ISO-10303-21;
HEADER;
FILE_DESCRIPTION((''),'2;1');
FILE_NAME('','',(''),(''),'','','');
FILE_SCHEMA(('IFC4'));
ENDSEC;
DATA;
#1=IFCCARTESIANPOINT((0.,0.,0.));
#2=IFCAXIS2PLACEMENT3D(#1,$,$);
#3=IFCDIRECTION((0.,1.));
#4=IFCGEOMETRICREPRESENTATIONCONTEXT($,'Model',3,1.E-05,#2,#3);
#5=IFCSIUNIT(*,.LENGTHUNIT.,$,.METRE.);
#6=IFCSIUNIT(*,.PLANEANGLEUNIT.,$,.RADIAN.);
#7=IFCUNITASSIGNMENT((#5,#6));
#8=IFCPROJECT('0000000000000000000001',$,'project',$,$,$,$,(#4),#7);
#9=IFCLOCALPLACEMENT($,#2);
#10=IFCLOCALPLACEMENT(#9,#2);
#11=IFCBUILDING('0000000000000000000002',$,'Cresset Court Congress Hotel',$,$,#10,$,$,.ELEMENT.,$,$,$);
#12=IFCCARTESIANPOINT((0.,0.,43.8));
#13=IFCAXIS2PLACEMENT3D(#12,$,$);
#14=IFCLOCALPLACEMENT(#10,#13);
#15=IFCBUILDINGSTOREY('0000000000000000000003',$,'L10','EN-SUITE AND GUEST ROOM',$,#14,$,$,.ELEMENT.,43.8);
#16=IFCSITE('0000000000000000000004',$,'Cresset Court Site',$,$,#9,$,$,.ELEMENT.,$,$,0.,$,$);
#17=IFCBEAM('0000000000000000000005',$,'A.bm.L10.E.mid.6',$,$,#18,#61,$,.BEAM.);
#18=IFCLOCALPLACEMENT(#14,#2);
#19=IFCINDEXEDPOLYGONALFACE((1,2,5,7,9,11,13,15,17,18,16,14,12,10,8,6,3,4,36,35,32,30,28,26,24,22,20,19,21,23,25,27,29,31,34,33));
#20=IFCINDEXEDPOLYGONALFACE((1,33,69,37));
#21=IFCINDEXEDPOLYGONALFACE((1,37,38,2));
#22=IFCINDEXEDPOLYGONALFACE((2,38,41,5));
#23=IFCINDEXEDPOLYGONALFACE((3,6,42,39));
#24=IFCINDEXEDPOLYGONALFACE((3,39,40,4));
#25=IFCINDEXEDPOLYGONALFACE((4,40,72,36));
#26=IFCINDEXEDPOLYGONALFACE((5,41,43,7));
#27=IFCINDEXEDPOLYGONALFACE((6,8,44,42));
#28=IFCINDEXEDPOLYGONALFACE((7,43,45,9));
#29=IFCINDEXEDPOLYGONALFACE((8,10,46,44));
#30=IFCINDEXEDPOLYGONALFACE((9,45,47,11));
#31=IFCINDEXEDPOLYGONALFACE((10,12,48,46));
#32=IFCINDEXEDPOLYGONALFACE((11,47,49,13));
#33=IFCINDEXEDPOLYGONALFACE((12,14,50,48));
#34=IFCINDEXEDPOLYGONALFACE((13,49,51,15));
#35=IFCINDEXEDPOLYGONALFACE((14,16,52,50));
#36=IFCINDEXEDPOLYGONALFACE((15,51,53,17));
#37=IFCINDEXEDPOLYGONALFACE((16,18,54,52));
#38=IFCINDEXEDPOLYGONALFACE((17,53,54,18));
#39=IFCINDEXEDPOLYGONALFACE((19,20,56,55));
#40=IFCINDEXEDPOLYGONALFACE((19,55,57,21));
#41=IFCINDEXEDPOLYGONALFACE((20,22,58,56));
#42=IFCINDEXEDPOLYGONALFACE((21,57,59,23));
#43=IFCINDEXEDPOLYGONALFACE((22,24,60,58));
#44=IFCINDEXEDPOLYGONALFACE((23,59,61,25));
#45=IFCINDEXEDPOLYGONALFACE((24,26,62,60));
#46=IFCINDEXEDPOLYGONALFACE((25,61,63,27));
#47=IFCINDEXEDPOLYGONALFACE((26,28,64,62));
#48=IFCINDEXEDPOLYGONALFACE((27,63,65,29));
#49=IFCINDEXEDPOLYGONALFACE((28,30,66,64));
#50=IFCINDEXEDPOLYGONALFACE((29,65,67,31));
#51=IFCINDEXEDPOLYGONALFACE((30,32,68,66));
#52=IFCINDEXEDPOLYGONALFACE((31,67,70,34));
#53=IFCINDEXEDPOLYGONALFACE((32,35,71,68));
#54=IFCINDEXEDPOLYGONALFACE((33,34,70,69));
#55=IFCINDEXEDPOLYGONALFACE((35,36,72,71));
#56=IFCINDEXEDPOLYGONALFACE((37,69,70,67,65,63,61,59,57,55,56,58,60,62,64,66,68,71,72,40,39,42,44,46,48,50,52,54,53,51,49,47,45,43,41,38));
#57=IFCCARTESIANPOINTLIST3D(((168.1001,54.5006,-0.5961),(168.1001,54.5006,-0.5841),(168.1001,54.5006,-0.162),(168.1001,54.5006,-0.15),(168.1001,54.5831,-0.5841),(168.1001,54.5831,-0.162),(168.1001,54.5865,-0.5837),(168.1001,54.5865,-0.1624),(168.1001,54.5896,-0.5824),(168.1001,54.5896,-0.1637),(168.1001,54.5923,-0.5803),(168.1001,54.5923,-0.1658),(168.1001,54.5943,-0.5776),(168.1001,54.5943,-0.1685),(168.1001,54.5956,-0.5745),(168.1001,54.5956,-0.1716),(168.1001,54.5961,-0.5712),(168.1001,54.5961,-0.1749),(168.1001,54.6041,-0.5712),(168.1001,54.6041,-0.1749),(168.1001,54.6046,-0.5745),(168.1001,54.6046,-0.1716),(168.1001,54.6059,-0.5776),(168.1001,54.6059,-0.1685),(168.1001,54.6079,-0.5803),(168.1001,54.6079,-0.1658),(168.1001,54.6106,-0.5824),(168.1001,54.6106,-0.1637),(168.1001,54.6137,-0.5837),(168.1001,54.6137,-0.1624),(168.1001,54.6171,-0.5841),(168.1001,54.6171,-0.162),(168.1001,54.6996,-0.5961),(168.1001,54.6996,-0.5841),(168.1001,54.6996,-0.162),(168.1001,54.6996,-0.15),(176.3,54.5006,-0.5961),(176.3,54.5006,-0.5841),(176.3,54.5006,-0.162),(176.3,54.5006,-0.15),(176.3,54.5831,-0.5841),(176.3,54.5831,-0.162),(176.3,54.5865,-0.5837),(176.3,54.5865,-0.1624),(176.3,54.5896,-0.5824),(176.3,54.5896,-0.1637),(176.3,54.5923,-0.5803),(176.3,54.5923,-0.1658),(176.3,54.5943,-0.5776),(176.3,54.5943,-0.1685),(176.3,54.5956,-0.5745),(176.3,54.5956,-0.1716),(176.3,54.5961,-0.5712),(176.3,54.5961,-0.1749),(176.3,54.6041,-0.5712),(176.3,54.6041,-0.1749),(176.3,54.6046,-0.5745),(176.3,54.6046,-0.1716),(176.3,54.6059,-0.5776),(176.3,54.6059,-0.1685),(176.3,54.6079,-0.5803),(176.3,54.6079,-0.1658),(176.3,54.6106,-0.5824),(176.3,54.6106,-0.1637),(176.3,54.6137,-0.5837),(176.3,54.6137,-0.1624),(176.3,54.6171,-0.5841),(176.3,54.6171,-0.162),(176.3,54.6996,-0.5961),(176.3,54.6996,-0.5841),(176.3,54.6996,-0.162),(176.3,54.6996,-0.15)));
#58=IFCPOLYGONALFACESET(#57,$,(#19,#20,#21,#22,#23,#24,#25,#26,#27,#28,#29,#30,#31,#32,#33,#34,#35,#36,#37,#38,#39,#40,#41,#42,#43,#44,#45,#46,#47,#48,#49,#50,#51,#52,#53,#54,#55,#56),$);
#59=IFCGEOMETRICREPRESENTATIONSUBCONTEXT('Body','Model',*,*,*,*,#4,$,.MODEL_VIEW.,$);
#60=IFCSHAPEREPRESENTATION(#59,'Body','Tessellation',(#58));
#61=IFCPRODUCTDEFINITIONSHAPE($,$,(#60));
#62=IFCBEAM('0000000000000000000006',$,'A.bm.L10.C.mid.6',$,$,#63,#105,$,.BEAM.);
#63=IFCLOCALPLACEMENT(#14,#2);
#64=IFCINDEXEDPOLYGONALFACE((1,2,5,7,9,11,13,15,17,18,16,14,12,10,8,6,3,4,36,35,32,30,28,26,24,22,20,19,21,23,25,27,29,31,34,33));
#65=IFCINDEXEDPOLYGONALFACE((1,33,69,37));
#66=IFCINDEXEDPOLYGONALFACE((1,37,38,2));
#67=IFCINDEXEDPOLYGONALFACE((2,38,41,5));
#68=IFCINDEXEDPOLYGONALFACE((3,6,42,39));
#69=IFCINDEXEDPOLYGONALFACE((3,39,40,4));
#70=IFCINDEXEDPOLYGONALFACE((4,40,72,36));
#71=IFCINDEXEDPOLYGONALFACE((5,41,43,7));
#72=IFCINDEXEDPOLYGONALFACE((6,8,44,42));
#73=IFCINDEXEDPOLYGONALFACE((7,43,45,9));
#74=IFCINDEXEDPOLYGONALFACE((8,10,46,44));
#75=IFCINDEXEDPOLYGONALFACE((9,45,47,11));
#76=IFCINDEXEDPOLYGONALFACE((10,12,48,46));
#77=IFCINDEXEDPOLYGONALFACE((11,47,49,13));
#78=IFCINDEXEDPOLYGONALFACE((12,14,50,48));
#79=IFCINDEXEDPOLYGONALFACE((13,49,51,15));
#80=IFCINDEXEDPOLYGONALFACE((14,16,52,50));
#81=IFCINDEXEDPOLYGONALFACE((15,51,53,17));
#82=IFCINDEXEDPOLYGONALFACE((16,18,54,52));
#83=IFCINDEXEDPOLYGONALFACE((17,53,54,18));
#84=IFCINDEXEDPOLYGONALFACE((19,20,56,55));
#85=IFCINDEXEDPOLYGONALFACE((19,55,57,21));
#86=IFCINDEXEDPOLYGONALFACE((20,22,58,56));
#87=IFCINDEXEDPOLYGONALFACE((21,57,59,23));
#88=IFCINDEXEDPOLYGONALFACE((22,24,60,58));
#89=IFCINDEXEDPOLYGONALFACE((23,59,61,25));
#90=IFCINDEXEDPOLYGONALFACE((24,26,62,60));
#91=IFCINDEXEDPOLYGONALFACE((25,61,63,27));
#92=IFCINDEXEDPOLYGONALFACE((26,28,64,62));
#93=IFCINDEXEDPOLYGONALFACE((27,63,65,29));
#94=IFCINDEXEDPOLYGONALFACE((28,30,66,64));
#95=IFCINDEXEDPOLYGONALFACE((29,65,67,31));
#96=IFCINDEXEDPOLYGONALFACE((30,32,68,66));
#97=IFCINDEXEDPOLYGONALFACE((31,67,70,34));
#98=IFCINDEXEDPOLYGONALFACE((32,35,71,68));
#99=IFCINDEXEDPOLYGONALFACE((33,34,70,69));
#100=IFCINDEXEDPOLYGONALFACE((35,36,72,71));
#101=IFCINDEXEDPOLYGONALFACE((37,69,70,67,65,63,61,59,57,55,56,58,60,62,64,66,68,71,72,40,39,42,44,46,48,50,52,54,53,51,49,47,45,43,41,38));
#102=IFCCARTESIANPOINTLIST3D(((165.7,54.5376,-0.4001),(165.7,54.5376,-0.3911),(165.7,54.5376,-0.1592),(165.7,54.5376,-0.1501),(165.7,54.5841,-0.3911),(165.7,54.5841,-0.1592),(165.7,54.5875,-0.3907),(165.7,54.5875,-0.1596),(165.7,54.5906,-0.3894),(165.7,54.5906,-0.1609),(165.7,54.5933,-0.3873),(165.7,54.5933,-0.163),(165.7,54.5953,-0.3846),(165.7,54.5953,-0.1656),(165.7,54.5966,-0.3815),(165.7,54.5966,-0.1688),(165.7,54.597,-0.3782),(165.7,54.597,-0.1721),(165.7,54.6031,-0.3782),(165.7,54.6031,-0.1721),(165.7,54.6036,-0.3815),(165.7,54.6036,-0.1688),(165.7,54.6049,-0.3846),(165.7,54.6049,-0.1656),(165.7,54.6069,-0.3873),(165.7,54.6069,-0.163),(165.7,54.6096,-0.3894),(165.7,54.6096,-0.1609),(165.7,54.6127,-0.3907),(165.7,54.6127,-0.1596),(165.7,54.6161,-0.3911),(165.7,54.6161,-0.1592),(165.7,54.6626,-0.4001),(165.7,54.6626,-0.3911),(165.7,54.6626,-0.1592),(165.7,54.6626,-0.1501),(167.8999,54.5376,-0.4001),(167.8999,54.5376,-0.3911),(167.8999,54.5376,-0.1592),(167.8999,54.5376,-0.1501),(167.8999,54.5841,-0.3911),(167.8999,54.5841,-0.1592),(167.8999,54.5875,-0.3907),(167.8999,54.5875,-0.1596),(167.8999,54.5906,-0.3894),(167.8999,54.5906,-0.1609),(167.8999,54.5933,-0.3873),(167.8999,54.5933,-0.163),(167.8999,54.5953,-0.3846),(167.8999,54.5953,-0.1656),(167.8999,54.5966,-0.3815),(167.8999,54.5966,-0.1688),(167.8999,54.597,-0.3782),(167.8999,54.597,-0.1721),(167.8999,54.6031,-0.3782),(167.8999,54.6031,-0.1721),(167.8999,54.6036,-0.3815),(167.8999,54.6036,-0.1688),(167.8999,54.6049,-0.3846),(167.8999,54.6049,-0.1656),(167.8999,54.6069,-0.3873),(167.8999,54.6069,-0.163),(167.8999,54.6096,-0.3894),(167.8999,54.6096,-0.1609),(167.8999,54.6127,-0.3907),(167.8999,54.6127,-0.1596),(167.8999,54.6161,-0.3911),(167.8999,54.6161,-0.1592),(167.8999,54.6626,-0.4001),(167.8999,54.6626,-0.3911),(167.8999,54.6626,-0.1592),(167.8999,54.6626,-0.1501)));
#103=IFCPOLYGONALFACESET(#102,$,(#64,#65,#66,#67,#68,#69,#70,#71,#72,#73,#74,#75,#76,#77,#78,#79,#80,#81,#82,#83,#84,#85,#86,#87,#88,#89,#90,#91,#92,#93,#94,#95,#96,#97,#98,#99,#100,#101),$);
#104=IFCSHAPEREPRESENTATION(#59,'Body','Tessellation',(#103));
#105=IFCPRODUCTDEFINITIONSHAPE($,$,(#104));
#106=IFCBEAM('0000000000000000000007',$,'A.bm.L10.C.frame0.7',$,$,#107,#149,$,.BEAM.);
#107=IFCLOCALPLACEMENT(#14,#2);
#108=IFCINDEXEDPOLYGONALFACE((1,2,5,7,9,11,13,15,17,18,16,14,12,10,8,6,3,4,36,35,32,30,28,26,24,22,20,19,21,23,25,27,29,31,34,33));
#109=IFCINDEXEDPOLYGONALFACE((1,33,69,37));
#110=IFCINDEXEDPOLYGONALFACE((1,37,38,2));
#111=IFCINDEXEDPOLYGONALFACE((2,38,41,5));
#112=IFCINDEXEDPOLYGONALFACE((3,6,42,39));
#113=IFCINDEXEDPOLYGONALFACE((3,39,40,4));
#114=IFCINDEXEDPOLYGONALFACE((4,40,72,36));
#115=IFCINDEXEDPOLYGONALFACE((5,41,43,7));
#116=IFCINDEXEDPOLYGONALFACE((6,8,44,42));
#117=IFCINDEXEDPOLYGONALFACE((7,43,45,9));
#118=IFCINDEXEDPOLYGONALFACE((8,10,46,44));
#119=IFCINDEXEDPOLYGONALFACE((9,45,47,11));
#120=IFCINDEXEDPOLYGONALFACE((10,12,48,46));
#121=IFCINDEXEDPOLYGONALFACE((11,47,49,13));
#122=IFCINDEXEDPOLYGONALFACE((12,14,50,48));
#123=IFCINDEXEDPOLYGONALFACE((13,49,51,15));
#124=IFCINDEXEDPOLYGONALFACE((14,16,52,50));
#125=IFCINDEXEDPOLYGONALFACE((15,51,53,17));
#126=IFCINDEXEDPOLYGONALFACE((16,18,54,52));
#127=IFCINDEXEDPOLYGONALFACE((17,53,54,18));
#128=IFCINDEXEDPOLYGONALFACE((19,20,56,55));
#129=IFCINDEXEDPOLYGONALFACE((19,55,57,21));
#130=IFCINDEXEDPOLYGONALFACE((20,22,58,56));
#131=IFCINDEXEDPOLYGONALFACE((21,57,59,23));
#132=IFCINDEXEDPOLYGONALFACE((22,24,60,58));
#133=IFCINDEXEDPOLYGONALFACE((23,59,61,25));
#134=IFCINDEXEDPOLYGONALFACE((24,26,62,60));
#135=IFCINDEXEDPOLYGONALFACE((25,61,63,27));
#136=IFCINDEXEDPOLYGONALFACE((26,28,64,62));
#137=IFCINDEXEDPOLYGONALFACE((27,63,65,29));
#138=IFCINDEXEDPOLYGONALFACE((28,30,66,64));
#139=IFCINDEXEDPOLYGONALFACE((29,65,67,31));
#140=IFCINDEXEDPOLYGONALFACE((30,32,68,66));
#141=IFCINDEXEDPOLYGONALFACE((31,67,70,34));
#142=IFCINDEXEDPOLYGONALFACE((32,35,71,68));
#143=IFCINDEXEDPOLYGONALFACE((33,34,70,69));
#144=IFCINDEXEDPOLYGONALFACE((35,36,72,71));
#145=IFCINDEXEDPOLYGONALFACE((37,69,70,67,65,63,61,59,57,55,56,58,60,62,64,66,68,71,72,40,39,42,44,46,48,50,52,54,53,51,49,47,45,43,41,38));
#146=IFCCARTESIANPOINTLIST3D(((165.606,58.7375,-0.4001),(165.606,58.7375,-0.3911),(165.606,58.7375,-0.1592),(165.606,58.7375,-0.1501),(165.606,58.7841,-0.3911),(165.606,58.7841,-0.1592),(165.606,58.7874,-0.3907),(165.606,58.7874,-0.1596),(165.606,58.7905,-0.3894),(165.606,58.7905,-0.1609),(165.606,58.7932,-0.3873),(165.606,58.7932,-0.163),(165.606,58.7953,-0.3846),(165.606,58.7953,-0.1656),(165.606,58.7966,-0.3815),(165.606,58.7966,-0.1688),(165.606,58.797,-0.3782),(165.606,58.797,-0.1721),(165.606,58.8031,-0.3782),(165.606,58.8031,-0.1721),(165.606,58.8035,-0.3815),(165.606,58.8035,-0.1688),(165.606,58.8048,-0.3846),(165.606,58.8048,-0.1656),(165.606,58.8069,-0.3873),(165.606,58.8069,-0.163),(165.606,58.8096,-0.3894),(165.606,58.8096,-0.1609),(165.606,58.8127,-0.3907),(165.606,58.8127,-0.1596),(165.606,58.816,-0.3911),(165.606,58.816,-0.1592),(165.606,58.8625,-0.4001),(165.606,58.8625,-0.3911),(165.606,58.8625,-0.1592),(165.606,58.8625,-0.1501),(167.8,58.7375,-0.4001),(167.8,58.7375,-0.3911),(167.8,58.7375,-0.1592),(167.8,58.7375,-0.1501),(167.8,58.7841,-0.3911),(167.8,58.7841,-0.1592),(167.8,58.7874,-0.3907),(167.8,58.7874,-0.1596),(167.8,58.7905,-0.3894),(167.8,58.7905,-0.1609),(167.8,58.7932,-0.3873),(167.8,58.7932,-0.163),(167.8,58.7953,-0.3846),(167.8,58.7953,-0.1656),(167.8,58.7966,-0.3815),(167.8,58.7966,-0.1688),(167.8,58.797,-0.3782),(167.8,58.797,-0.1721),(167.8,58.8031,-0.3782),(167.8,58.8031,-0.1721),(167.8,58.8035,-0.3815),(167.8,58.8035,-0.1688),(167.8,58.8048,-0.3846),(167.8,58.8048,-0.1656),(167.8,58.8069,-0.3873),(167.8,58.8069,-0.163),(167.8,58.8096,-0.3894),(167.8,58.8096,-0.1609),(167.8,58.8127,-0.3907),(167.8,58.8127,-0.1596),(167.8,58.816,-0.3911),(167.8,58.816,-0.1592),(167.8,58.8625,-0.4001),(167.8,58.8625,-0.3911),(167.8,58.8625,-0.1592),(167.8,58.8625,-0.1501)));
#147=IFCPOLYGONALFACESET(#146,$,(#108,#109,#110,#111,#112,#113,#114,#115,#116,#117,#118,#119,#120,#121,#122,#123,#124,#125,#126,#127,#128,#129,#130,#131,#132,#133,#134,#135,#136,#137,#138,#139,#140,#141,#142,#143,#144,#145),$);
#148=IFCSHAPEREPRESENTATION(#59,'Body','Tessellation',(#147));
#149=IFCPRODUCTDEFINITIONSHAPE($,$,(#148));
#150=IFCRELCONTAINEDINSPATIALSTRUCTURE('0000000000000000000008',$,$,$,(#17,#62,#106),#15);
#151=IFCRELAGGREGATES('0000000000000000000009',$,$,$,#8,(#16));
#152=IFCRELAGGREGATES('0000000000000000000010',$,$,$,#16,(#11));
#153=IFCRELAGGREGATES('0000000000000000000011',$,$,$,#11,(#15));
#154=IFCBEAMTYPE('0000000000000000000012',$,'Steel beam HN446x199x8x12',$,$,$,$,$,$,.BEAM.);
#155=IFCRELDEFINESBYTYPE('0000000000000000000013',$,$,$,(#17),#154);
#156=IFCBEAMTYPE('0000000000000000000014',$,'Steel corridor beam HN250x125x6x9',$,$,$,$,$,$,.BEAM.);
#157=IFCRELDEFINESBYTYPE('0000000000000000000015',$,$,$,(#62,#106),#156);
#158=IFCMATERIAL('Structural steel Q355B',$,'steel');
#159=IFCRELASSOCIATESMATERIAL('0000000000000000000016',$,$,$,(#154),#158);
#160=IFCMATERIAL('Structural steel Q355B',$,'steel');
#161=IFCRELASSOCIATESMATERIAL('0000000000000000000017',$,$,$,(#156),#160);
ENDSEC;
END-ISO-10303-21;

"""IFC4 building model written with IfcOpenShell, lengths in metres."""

from ifc_helpers import new_model, si_unit, direction, frame, origin, origin_2d, place, context, subcontext, project, spatial, i_section, extrude, material, material_profile, profile_set, type_object, element, save


model = new_model("IFC4")

# Units and contexts
model_context = context("Model", 3, precision=1e-05, world=origin(), true_north=direction((0.0, 1.0)))
body_context = subcontext(model_context, "Body", "Model", "MODEL_VIEW")
ifc_project = project(units=[si_unit("LENGTHUNIT", "METRE"), si_unit("PLANEANGLEUNIT", "RADIAN")], contexts=[model_context])

# Site, building, storey
site_placement = place(None, origin())
site = spatial("IfcSite", under=ifc_project, at=site_placement, Name="Cresset Court Site", CompositionType="ELEMENT", RefElevation=0.0)
building_placement = place(site_placement, origin())
building = spatial("IfcBuilding", under=site, at=building_placement, Name="Cresset Court Congress Hotel", CompositionType="ELEMENT")
storey_placement = place(building_placement, frame((0.0, 0.0, 43.8)))
storey = spatial("IfcBuildingStorey", under=building, at=storey_placement, Name="L10", Description="EN-SUITE AND GUEST ROOM", CompositionType="ELEMENT", Elevation=43.8)

# Beams
ifc_material_1 = material(Name="Structural steel Q355B", Category="steel")
ifc_material_profile_1 = material_profile(ifc_material_1, i_section(OverallWidth=0.199, OverallDepth=0.446, WebThickness=0.0081, FlangeThickness=0.012, FilletRadius=0.0129, at=origin_2d()), Name="HN446x199x8x12")
ifc_profile_set_1 = profile_set([ifc_material_profile_1], Name="Structural steel Q355B")
beam_type_1 = type_object("IfcBeamType", Name="Steel beam HN446x199x8x12", PredefinedType="BEAM", material=ifc_profile_set_1)
beam_1_placement = place(storey_placement, frame((168.1001, 54.6001, -0.373), z_axis=(1.0, 0.0, 0.0), x_axis=(0.0, 1.0, 0.0)))
element("IfcBeam", 1, at=beam_1_placement, inside=storey, type_object=beam_type_1, Name="A.bm.L10.E.mid.6", PredefinedType="BEAM", context=body_context, shape_type="SweptSolid", body=[
    extrude(i_section(OverallWidth=0.199, OverallDepth=0.446, WebThickness=0.0081, FlangeThickness=0.012, FilletRadius=0.0129, at=origin_2d()), origin(), (0.0, 0.0, 1.0), 8.2),
])
ifc_material_2 = material(Name="Structural steel Q355B", Category="steel")
ifc_material_profile_2 = material_profile(ifc_material_2, i_section(OverallWidth=0.125, OverallDepth=0.25, WebThickness=0.0061, FlangeThickness=0.009, FilletRadius=0.0129, at=origin_2d()), Name="HN250x125x6x9")
ifc_profile_set_2 = profile_set([ifc_material_profile_2], Name="Structural steel Q355B")
beam_type_2 = type_object("IfcBeamType", Name="Steel corridor beam HN250x125x6x9", PredefinedType="BEAM", material=ifc_profile_set_2)
beam_2_placement = place(storey_placement, frame((165.7, 54.6001, -0.2751), z_axis=(1.0, 0.0, 0.0), x_axis=(0.0, 1.0, 0.0)))
element("IfcBeam", 2, at=beam_2_placement, inside=storey, type_object=beam_type_2, Name="A.bm.L10.C.mid.6", PredefinedType="BEAM", context=body_context, shape_type="SweptSolid", body=[
    extrude(i_section(OverallWidth=0.125, OverallDepth=0.25, WebThickness=0.0061, FlangeThickness=0.009, FilletRadius=0.0129, at=origin_2d()), origin(), (0.0, 0.0, 1.0), 2.2),
])
beam_3_placement = place(storey_placement, frame((165.606, 58.8, -0.2751), z_axis=(1.0, 0.0, 0.0), x_axis=(0.0, 1.0, 0.0)))
element("IfcBeam", 3, at=beam_3_placement, inside=storey, type_object=beam_type_2, Name="A.bm.L10.C.frame0.7", PredefinedType="BEAM", context=body_context, shape_type="SweptSolid", body=[
    extrude(i_section(OverallWidth=0.125, OverallDepth=0.25, WebThickness=0.0061, FlangeThickness=0.009, FilletRadius=0.0129, at=origin_2d()), origin(), (0.0, 0.0, 1.0), 2.1941),
])

save(model, "model.ifc")
